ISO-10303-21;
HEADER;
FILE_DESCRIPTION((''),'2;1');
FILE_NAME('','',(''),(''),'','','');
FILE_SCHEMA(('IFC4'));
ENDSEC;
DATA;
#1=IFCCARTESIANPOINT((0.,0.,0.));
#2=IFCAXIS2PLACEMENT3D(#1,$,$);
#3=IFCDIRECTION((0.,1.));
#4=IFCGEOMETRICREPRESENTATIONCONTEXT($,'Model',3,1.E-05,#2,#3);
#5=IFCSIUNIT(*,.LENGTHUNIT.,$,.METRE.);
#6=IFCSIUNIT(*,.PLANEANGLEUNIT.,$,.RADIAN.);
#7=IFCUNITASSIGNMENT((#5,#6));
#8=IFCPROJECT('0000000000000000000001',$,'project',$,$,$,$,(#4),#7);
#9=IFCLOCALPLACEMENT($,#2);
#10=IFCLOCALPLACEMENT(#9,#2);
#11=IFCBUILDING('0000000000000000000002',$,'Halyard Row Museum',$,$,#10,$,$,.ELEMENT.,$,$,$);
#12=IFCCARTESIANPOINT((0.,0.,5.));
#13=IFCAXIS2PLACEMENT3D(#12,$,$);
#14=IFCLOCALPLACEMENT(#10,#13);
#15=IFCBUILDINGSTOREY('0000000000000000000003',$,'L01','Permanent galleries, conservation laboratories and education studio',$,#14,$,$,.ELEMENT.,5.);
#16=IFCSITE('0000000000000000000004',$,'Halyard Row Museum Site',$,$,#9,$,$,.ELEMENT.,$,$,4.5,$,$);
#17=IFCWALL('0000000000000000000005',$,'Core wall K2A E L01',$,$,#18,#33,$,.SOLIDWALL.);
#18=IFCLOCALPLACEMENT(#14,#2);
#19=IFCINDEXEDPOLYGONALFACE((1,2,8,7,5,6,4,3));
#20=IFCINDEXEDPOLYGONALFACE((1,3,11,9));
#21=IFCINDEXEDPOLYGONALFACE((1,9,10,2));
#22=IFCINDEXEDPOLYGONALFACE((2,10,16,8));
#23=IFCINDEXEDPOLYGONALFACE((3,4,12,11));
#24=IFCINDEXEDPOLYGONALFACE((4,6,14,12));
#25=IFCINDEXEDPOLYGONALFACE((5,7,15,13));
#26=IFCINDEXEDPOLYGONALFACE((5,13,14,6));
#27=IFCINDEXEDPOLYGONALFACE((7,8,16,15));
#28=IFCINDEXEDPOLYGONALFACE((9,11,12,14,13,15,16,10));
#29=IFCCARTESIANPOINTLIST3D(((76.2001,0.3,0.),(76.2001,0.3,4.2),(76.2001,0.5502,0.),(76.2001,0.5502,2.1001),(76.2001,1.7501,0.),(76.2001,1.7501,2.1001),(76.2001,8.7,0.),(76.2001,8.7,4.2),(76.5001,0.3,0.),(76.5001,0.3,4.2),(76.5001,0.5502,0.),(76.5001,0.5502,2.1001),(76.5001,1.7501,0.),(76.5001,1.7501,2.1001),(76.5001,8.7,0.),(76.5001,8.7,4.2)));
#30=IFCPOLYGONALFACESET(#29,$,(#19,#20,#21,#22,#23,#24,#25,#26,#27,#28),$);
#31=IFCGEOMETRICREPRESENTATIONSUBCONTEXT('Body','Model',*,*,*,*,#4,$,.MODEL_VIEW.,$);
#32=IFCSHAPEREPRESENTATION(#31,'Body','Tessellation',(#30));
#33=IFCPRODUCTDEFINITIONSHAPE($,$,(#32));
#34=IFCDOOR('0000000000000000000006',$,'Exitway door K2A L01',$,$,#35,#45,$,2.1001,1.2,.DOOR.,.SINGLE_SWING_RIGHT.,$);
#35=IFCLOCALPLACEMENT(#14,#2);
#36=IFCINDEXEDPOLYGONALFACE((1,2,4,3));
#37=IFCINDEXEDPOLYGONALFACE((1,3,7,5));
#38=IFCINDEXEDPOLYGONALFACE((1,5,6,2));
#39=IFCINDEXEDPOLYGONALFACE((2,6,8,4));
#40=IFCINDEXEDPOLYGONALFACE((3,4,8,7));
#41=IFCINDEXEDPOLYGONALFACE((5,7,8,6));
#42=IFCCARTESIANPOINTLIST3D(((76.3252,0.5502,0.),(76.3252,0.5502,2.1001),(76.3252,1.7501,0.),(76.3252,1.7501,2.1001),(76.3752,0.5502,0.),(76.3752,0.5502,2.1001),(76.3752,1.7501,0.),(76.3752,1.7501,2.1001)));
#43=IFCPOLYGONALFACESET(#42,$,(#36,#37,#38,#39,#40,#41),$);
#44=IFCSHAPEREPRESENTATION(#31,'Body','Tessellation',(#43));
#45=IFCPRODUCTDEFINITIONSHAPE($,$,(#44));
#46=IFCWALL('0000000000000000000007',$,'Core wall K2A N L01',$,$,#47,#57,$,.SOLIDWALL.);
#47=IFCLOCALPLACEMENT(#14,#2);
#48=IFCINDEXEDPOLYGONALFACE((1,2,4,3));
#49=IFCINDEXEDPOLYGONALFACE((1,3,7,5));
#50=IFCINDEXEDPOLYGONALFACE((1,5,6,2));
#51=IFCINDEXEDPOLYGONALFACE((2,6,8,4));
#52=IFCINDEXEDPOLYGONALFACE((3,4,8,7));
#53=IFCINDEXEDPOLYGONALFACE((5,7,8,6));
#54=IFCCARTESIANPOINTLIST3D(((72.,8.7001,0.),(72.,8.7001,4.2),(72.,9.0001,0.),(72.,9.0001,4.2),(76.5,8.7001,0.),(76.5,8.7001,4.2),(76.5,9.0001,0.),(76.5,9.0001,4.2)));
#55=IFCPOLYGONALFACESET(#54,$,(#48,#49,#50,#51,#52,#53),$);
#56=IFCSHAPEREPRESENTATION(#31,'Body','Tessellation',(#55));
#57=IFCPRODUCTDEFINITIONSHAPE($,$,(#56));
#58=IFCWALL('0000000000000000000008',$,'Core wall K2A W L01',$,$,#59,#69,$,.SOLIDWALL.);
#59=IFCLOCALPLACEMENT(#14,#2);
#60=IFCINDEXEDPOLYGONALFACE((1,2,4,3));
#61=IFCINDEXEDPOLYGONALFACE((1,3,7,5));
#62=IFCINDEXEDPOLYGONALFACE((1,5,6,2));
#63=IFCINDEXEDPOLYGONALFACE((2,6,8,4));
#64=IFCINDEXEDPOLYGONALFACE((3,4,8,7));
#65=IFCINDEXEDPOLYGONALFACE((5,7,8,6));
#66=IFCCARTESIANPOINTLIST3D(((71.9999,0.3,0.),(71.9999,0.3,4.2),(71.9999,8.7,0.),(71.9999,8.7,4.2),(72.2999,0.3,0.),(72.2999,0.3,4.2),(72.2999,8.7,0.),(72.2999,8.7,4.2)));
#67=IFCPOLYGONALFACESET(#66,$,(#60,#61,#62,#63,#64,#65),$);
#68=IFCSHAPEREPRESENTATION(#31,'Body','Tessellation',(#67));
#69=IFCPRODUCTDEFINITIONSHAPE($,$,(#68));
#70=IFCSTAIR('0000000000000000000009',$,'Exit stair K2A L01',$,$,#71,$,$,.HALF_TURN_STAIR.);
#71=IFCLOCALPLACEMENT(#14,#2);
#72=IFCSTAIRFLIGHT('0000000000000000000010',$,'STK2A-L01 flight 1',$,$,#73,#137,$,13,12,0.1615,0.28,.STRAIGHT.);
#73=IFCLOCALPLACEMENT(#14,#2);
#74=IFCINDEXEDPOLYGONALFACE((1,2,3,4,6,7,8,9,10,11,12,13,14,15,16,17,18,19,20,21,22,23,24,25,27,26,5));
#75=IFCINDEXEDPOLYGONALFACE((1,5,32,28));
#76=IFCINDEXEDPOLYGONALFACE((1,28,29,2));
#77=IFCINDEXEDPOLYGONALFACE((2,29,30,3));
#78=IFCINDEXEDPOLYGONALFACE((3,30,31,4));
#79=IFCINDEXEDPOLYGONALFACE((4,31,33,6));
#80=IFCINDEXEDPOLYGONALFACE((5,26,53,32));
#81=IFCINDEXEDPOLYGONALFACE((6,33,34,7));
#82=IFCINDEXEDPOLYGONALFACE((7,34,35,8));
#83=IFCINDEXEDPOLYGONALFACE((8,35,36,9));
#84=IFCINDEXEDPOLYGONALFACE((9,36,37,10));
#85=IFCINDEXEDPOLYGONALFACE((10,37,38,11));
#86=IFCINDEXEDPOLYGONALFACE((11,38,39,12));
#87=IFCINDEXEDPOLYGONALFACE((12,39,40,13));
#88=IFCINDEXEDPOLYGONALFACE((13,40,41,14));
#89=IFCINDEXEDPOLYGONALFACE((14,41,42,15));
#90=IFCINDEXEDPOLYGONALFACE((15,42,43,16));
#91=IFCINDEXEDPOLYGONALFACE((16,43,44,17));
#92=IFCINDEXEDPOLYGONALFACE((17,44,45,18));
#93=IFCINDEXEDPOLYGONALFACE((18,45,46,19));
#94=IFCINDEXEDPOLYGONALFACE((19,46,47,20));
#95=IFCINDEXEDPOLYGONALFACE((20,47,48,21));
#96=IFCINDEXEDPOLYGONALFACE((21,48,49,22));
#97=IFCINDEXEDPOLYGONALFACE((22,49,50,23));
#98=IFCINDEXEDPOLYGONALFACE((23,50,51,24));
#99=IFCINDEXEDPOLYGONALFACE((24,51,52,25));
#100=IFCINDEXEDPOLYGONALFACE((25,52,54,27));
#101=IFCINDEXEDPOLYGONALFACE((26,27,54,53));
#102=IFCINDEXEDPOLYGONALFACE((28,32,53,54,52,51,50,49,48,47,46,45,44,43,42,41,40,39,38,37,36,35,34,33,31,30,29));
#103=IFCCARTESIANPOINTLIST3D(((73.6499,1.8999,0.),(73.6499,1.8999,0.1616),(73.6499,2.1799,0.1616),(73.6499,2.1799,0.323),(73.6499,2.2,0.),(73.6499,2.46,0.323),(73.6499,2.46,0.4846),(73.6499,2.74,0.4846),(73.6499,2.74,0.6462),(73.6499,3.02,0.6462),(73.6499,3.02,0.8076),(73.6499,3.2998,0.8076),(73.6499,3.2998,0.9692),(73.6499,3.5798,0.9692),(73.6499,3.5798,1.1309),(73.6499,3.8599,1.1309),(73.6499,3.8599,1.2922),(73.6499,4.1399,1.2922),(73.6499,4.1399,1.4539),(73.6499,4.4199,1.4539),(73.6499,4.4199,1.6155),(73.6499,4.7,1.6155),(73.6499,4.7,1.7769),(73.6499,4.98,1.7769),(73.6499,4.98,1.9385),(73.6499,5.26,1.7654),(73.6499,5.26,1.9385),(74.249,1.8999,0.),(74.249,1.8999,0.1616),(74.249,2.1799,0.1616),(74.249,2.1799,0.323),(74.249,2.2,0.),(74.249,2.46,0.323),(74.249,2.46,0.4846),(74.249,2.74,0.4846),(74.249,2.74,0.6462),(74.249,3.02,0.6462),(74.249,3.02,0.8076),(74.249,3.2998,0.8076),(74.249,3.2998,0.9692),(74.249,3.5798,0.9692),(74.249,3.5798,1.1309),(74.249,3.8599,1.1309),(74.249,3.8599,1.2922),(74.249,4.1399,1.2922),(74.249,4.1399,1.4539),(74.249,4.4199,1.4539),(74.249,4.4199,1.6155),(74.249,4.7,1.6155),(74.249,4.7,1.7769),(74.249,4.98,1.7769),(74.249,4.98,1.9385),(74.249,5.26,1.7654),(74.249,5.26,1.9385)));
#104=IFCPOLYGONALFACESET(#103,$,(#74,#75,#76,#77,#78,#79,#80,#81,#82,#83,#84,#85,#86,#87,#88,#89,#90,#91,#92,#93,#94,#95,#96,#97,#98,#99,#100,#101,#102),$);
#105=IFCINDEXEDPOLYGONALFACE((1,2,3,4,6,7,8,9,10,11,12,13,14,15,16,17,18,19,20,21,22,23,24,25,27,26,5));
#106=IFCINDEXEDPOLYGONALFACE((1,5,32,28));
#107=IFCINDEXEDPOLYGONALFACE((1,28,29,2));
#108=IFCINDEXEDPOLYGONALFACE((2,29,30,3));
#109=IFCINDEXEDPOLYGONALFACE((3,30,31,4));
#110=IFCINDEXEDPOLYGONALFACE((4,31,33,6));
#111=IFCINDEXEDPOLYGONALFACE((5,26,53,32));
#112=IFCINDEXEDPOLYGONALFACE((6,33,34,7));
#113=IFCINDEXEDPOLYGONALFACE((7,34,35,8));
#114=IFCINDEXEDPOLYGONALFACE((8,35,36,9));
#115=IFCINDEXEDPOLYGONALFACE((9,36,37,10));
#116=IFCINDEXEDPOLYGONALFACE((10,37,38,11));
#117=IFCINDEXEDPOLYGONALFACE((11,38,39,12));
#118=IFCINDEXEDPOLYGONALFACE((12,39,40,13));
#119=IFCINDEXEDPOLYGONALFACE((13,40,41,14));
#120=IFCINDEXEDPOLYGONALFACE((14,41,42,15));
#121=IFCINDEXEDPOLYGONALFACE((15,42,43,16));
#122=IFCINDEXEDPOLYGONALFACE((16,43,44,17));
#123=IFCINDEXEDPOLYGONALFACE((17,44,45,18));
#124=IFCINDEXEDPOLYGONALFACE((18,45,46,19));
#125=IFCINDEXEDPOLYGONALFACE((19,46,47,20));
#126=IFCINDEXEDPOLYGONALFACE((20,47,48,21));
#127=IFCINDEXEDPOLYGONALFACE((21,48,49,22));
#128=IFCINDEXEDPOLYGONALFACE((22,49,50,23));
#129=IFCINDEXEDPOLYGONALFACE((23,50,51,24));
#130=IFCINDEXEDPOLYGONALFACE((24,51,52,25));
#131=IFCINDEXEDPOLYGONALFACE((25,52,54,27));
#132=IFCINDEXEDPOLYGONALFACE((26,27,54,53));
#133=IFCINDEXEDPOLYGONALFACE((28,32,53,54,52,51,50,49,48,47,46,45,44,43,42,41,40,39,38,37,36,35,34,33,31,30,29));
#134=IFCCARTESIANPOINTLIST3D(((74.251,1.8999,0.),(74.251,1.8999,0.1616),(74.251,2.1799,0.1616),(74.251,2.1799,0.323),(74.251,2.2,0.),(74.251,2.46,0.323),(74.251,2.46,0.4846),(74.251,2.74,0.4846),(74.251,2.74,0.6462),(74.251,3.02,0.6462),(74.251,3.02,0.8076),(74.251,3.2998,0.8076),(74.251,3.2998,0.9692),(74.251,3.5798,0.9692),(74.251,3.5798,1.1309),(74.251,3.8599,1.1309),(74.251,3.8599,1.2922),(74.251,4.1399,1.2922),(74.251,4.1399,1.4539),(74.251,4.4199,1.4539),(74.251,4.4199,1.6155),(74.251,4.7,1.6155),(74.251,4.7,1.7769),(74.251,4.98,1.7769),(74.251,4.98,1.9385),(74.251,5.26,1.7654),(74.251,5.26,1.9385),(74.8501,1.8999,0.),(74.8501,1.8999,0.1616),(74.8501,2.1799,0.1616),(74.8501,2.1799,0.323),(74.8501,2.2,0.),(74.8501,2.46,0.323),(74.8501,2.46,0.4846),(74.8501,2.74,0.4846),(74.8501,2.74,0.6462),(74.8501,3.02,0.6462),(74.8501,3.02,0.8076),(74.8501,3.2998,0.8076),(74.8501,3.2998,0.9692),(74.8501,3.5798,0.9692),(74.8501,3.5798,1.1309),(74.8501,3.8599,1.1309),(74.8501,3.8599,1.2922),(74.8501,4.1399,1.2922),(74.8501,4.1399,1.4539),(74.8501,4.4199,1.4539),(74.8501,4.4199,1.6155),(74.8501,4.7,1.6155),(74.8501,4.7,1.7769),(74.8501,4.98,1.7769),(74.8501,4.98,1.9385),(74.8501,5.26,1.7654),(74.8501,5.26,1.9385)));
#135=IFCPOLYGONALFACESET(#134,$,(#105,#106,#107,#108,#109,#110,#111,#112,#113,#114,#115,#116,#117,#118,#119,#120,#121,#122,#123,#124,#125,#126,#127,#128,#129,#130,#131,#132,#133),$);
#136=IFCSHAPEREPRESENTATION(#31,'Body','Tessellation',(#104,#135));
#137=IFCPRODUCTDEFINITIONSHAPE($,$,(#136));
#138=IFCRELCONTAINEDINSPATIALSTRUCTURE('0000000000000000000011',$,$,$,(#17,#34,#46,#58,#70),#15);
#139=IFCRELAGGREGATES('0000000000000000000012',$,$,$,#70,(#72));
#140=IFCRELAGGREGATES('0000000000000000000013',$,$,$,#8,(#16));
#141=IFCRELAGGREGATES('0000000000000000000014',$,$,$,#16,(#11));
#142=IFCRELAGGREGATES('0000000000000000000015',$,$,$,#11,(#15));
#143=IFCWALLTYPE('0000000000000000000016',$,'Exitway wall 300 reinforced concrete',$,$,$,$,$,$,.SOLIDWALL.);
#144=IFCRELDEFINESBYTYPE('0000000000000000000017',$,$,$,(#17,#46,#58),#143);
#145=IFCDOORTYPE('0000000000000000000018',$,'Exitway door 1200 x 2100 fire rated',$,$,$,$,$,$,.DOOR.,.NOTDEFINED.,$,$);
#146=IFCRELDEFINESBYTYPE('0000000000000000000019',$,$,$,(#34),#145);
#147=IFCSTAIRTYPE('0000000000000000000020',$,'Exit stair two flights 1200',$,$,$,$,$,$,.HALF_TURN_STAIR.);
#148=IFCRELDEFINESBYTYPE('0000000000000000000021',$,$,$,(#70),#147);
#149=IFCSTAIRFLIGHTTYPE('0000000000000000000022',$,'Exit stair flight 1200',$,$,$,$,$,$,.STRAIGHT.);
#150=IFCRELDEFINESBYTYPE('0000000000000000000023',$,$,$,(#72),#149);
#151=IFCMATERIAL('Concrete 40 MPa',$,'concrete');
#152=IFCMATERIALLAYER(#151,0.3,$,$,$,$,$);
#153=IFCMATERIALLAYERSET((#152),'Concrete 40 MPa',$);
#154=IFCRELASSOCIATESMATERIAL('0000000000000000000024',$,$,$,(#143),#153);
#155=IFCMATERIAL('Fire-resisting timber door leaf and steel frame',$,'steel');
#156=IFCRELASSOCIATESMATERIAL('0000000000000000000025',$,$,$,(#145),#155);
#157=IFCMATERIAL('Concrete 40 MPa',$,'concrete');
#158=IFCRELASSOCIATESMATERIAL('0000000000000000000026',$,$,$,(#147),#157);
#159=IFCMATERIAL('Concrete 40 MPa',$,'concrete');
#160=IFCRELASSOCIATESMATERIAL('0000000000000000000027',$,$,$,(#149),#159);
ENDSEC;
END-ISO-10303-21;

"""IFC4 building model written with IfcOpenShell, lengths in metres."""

from ifc_helpers import new_model, si_unit, direction, frame, frame_2d, origin, place, context, subcontext, project, spatial, polyline, rectangle, outline, extrude, material, layer, layer_set, type_object, element, fill, aggregate, save


model = new_model("IFC4")

# Units and contexts
model_context = context("Model", 3, precision=1e-05, world=origin(), true_north=direction((0.0, 1.0)))
body_context = subcontext(model_context, "Body", "Model", "MODEL_VIEW")
ifc_project = project(units=[si_unit("LENGTHUNIT", "METRE"), si_unit("PLANEANGLEUNIT", "RADIAN")], contexts=[model_context])

# Site, building, storey
site_placement = place(None, origin())
site = spatial("IfcSite", under=ifc_project, at=site_placement, Name="Halyard Row Museum Site", CompositionType="ELEMENT", RefElevation=4.5)
building_placement = place(site_placement, origin())
building = spatial("IfcBuilding", under=site, at=building_placement, Name="Halyard Row Museum", CompositionType="ELEMENT")
storey_placement = place(building_placement, frame((0.0, 0.0, 5.0)))
storey = spatial("IfcBuildingStorey", under=building, at=storey_placement, Name="L01", Description="Permanent galleries, conservation laboratories and education studio", CompositionType="ELEMENT", Elevation=5.0)

# Shared definitions
ifc_material_1 = material(Name="Concrete 40 MPa", Category="concrete")
ifc_layer_1 = layer(ifc_material_1, 0.3)
ifc_layer_set_1 = layer_set([ifc_layer_1], Name="Concrete 40 MPa")
wall_type_1 = type_object("IfcWallType", Name="Exitway wall 300 reinforced concrete", PredefinedType="SOLIDWALL", material=ifc_layer_set_1)

# Wall, opening, door
wall_1_placement = place(storey_placement, frame((76.3501, 0.3, 0.0), z_axis=(0.0, 0.0, 1.0), x_axis=(0.0, 1.0, 0.0)))
wall_1 = element("IfcWall", 1, at=wall_1_placement, inside=storey, type_object=wall_type_1, Name="Core wall K2A E L01", PredefinedType="SOLIDWALL", context=body_context, shape_type="SweptSolid", body=[
    extrude(rectangle(XDim=8.3999, YDim=0.3, at=frame_2d((4.2, 0.0))), origin(), (0.0, 0.0, 1.0), 4.2),
])
opening_placement = place(wall_1_placement, frame((0.25, 0.0, 0.0)))
opening = element("IfcOpeningElement", 2, at=opening_placement, cuts=wall_1, PredefinedType="OPENING", context=body_context, shape_type="SweptSolid", body=[
    extrude(rectangle(XDim=1.2, YDim=2.1001, at=frame_2d((0.6001, 1.05))), frame((0.0, 0.1599, 0.0), z_axis=(0.0, -1.0, 0.0), x_axis=(1.0, 0.0, 0.0)), (0.0, 0.0, 1.0), 0.3201),
])
ifc_material_2 = material(Name="Fire-resisting timber door leaf and steel frame", Category="steel")
door_type = type_object("IfcDoorType", Name="Exitway door 1200 x 2100 fire rated", OperationType="NOTDEFINED", PredefinedType="DOOR", material=ifc_material_2)
door_placement = place(opening_placement, origin())
door = element("IfcDoor", 3, at=door_placement, inside=storey, type_object=door_type, Name="Exitway door K2A L01", OperationType="SINGLE_SWING_RIGHT", OverallHeight=2.1001, OverallWidth=1.2, PredefinedType="DOOR", context=body_context, shape_type="SweptSolid", body=[
    extrude(rectangle(XDim=1.2, YDim=2.1001, at=frame_2d((0.6001, 1.05))), frame((0.0, 0.0249, 0.0), z_axis=(0.0, -1.0, 0.0), x_axis=(1.0, 0.0, 0.0)), (0.0, 0.0, 1.0), 0.05),
])
fill(opening, door)

# Walls
wall_2_placement = place(storey_placement, frame((72.0, 8.8501, 0.0), z_axis=(0.0, 0.0, 1.0), x_axis=(1.0, 0.0, 0.0)))
element("IfcWall", 4, at=wall_2_placement, inside=storey, type_object=wall_type_1, Name="Core wall K2A N L01", PredefinedType="SOLIDWALL", context=body_context, shape_type="SweptSolid", body=[
    extrude(rectangle(XDim=4.5, YDim=0.3, at=frame_2d((2.25, 0.0))), origin(), (0.0, 0.0, 1.0), 4.2),
])
wall_3_placement = place(storey_placement, frame((72.1499, 0.3, 0.0), z_axis=(0.0, 0.0, 1.0), x_axis=(0.0, 1.0, 0.0)))
element("IfcWall", 5, at=wall_3_placement, inside=storey, type_object=wall_type_1, Name="Core wall K2A W L01", PredefinedType="SOLIDWALL", context=body_context, shape_type="SweptSolid", body=[
    extrude(rectangle(XDim=8.3999, YDim=0.3, at=frame_2d((4.2, 0.0))), origin(), (0.0, 0.0, 1.0), 4.2),
])

# Stair, stair flight
ifc_material_3 = material(Name="Concrete 40 MPa", Category="concrete")
stair_type = type_object("IfcStairType", Name="Exit stair two flights 1200", PredefinedType="HALF_TURN_STAIR", material=ifc_material_3)
stair_placement = place(storey_placement, origin())
stair = element("IfcStair", 6, at=stair_placement, inside=storey, type_object=stair_type, Name="Exit stair K2A L01", PredefinedType="HALF_TURN_STAIR")
ifc_material_4 = material(Name="Concrete 40 MPa", Category="concrete")
stair_flight_type = type_object("IfcStairFlightType", Name="Exit stair flight 1200", PredefinedType="STRAIGHT", material=ifc_material_4)
stair_flight_1_placement = place(storey_placement, frame((74.25, 1.8999, 0.0), z_axis=(0.0, 0.0, 1.0), x_axis=(0.0, 1.0, 0.0)))
stair_flight_1 = element("IfcStairFlight", 7, at=stair_flight_1_placement, type_object=stair_flight_type, Name="STK2A-L01 flight 1", NumberOfRisers=13, NumberOfTreads=12, PredefinedType="STRAIGHT", RiserHeight=0.1615, TreadLength=0.28, context=body_context, shape_type="SweptSolid", body=[
    extrude(outline(polyline([(0.0, 0.0), (0.0, 0.1616), (0.28, 0.1616), (0.28, 0.323), (0.5601, 0.323), (0.5601, 0.4846), (0.8401, 0.4846), (0.8401, 0.6462), (1.1201, 0.6462), (1.1201, 0.8076), (1.3999, 0.8076), (1.3999, 0.9692), (1.6799, 0.9692), (1.6799, 1.1309), (1.96, 1.1309), (1.96, 1.2922), (2.24, 1.2922), (2.24, 1.4539), (2.52, 1.4539), (2.52, 1.6155), (2.8, 1.6155), (2.8, 1.7769), (3.0801, 1.7769), (3.0801, 1.9385), (3.3601, 1.9385), (3.3601, 2.1001), (3.3601, 1.7654), (0.3, 0.0), (0.0, 0.0)])), frame((0.0, 0.6001, 0.0), z_axis=(0.0, -1.0, 0.0), x_axis=(1.0, 0.0, 0.0)), (0.0, 0.0, 1.0), 0.5991),
    extrude(outline(polyline([(0.0, 0.0), (0.0, 0.1616), (0.28, 0.1616), (0.28, 0.323), (0.5601, 0.323), (0.5601, 0.4846), (0.8401, 0.4846), (0.8401, 0.6462), (1.1201, 0.6462), (1.1201, 0.8076), (1.3999, 0.8076), (1.3999, 0.9692), (1.6799, 0.9692), (1.6799, 1.1309), (1.96, 1.1309), (1.96, 1.2922), (2.24, 1.2922), (2.24, 1.4539), (2.52, 1.4539), (2.52, 1.6155), (2.8, 1.6155), (2.8, 1.7769), (3.0801, 1.7769), (3.0801, 1.9385), (3.3601, 1.9385), (3.3601, 2.1001), (3.3601, 1.7654), (0.3, 0.0), (0.0, 0.0)])), frame((0.0, -0.001, 0.0), z_axis=(0.0, -1.0, 0.0), x_axis=(1.0, 0.0, 0.0)), (0.0, 0.0, 1.0), 0.5991),
])
aggregate(stair, [stair_flight_1])

save(model, "model.ifc")
